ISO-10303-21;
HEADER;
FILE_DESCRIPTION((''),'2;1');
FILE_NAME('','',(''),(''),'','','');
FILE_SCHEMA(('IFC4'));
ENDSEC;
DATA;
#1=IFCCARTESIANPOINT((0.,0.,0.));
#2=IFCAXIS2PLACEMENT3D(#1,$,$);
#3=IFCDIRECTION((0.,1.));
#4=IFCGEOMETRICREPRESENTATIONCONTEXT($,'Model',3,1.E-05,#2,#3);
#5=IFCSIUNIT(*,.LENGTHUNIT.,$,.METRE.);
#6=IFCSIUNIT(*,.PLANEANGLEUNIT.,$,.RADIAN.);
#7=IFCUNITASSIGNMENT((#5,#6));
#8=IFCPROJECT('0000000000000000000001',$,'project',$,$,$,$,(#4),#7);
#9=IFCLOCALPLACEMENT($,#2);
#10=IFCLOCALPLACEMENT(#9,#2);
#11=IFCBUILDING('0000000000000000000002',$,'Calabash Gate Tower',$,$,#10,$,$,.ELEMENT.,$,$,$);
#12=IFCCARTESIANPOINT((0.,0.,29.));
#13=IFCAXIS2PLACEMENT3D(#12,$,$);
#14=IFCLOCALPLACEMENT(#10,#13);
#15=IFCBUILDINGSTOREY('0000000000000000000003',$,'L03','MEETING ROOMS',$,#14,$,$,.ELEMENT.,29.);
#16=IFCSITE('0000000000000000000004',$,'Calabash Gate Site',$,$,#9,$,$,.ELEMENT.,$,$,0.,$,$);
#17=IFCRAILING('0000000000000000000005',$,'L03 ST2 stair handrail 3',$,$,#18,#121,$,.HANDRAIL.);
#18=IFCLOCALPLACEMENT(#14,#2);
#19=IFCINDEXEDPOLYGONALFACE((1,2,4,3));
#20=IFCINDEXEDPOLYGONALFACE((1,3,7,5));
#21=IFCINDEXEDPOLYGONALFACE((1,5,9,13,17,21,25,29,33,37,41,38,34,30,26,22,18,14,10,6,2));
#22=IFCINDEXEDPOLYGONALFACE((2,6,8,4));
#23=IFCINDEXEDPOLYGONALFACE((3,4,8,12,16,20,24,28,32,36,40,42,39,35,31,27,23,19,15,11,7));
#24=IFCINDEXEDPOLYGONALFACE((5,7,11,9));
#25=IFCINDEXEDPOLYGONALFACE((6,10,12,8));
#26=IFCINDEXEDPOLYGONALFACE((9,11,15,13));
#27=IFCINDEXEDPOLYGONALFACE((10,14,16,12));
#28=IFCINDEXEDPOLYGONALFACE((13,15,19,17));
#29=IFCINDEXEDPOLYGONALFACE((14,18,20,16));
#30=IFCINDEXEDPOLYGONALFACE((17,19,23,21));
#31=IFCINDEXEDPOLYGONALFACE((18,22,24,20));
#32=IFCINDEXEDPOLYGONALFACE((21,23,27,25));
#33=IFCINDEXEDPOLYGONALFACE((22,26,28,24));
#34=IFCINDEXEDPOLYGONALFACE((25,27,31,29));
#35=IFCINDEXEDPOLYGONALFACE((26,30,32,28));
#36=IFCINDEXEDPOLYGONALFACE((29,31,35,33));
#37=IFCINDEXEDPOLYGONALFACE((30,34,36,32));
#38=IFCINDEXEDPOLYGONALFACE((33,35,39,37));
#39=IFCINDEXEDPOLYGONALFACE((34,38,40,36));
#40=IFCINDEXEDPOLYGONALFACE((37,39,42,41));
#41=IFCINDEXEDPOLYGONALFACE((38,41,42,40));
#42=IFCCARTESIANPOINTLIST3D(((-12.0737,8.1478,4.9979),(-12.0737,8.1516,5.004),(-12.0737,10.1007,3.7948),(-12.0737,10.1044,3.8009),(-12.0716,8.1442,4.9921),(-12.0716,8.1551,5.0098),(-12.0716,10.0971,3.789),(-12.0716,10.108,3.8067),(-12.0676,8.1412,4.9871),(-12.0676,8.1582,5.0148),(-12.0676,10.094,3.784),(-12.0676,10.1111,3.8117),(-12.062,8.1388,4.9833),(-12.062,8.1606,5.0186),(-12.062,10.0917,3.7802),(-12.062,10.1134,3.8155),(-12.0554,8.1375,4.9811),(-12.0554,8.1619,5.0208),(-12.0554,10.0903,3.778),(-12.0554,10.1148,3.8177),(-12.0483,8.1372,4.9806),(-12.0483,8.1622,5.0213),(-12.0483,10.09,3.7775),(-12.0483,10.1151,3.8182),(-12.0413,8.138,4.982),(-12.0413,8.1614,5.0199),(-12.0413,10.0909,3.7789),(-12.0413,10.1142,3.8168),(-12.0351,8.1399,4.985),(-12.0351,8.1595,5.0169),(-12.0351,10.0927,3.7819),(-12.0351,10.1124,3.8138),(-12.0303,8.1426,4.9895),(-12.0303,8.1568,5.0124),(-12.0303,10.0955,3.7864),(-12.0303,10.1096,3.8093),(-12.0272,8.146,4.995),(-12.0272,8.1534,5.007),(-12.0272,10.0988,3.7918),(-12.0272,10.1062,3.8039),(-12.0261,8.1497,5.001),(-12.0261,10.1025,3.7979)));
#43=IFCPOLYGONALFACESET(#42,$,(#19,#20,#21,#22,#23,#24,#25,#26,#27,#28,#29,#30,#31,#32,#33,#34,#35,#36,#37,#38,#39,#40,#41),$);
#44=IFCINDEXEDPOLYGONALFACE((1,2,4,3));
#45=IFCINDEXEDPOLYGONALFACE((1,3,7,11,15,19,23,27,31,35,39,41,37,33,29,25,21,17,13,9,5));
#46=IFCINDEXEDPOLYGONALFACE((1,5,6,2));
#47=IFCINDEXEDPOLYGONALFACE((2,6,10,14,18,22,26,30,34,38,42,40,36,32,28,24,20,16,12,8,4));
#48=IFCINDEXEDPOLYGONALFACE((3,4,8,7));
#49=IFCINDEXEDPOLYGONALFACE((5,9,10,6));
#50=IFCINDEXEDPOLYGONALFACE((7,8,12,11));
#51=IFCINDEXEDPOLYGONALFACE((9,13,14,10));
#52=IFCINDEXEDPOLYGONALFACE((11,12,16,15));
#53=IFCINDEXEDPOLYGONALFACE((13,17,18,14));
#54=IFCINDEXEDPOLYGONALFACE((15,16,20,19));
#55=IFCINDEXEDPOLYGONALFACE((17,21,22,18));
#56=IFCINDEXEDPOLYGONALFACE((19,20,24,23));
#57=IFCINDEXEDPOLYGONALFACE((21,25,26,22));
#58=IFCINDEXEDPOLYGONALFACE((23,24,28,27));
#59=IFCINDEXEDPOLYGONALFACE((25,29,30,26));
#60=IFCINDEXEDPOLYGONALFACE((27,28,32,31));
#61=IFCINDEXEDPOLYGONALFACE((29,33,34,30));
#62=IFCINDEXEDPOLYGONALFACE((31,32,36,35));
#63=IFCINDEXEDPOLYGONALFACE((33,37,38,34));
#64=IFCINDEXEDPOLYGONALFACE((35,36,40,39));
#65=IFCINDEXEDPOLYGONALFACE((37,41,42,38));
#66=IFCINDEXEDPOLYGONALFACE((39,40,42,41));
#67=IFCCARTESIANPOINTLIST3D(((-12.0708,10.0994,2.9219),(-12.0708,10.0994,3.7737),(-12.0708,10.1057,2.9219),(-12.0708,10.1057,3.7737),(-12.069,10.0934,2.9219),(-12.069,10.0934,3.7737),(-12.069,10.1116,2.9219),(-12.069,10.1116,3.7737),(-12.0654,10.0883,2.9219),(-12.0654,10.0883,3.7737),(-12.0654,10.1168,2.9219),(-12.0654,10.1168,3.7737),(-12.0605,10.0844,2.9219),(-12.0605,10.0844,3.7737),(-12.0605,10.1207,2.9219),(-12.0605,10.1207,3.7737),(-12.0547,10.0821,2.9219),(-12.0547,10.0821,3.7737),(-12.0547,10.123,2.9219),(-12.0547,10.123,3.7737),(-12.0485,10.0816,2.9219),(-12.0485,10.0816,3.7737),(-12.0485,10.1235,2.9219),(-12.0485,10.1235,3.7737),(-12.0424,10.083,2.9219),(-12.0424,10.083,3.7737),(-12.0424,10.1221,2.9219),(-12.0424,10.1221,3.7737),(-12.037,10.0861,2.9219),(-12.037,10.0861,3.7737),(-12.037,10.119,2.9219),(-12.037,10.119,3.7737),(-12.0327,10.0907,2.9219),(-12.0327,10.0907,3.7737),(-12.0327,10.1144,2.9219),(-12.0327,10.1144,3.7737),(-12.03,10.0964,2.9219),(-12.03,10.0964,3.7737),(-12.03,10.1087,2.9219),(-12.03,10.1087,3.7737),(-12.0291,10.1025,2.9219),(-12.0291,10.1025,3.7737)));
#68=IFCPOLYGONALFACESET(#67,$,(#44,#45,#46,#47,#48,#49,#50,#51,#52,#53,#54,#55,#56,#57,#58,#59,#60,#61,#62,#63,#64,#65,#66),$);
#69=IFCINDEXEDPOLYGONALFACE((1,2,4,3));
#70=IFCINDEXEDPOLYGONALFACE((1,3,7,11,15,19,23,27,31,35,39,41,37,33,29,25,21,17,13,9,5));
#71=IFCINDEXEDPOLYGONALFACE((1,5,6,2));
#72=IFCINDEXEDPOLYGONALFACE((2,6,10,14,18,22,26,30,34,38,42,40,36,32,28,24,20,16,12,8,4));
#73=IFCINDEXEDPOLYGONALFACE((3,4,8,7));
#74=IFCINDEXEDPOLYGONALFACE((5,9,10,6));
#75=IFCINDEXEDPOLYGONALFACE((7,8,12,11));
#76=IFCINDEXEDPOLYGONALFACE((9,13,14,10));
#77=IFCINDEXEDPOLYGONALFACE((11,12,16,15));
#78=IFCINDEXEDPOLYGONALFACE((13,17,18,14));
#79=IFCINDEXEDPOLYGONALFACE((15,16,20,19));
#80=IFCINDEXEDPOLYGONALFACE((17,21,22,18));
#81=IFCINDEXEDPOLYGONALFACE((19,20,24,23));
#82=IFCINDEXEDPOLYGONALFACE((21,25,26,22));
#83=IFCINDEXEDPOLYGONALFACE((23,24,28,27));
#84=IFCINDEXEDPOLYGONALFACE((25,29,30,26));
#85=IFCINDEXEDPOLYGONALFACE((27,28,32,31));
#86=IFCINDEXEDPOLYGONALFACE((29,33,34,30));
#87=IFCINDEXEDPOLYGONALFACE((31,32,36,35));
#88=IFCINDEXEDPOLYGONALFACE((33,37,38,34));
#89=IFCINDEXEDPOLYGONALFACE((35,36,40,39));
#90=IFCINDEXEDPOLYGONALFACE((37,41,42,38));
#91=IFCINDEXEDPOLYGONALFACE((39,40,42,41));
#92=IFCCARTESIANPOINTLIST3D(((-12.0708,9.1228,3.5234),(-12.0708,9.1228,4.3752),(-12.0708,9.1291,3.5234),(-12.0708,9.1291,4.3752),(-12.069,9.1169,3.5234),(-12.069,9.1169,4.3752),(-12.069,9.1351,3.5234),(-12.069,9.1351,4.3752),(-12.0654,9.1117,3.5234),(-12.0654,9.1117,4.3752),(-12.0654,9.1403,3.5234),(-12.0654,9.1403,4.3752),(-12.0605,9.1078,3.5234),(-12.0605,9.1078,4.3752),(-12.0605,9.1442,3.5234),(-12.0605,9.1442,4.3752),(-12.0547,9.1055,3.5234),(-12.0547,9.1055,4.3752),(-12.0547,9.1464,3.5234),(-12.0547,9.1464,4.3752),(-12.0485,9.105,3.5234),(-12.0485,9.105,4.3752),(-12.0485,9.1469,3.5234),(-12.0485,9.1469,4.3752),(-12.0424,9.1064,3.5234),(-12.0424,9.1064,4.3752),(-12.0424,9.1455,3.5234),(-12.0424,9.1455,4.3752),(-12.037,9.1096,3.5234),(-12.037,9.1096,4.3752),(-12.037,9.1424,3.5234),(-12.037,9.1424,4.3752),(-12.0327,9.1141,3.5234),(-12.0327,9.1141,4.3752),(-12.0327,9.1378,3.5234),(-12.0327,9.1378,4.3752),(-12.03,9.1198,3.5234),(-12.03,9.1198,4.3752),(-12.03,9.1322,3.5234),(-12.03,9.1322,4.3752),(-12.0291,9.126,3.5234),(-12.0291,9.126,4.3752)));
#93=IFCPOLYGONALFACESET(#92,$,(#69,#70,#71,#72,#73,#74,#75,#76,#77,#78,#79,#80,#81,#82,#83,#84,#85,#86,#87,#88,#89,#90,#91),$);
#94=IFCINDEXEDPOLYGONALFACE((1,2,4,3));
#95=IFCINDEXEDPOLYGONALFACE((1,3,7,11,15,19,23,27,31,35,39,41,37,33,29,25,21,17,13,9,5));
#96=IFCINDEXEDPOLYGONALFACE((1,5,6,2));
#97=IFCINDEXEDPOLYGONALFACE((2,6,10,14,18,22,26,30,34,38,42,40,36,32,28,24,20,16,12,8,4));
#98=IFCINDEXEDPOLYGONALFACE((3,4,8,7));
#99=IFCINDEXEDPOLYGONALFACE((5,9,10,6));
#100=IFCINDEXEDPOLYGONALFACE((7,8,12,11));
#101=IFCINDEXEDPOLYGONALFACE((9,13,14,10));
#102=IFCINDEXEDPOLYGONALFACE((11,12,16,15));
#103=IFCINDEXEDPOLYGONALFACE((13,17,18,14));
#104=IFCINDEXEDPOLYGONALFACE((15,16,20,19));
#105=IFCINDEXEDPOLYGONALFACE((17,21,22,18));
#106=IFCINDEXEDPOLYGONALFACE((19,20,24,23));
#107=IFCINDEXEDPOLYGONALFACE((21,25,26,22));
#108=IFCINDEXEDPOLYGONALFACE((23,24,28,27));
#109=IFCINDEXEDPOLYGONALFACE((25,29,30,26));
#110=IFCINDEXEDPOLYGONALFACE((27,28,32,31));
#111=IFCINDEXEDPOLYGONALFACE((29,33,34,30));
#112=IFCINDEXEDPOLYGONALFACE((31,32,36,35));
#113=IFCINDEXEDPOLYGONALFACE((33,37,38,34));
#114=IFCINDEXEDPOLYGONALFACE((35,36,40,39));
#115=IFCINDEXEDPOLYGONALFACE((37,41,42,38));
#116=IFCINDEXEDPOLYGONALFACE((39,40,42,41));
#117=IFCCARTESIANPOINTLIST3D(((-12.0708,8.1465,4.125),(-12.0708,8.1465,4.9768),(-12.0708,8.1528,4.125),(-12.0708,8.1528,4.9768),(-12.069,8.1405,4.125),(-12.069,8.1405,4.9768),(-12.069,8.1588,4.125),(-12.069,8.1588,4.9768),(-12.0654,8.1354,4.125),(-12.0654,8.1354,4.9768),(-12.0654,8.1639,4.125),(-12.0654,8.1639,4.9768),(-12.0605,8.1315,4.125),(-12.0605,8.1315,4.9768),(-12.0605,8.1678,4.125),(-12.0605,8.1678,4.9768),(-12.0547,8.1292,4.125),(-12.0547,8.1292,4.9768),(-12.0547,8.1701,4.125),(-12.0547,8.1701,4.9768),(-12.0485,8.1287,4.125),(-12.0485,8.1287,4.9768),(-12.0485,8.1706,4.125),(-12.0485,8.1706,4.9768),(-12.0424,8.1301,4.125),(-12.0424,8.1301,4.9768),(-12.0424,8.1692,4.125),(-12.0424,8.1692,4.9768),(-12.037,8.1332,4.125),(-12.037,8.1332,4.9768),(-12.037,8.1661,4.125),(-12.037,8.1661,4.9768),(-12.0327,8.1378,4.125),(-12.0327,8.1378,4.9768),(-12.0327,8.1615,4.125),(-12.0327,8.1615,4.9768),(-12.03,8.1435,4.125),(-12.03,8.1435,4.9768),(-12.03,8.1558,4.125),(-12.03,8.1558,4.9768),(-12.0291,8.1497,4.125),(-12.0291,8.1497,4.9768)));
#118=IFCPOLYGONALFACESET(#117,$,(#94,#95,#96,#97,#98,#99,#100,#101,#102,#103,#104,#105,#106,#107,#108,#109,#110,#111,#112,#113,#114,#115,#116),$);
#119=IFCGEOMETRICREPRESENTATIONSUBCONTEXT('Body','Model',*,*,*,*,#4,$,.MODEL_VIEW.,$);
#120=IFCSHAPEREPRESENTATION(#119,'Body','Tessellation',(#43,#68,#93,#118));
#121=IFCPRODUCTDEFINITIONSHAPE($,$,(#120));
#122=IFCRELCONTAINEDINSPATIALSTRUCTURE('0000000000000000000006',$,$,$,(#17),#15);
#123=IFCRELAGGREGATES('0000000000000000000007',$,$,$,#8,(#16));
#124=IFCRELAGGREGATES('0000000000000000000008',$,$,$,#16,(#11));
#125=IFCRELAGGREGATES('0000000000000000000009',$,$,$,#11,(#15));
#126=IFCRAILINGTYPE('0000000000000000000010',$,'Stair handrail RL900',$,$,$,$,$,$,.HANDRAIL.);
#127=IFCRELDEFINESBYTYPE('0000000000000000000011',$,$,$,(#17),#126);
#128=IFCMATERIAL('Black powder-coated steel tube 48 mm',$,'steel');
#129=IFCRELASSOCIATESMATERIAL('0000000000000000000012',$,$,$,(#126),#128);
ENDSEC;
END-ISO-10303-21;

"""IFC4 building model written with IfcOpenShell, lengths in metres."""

from ifc_helpers import new_model, si_unit, direction, frame, origin, origin_2d, place, context, subcontext, project, spatial, circle, extrude, material, type_object, element, save


model = new_model("IFC4")

# Units and contexts
model_context = context("Model", 3, precision=1e-05, world=origin(), true_north=direction((0.0, 1.0)))
body_context = subcontext(model_context, "Body", "Model", "MODEL_VIEW")
ifc_project = project(units=[si_unit("LENGTHUNIT", "METRE"), si_unit("PLANEANGLEUNIT", "RADIAN")], contexts=[model_context])

# Site, building, storey
site_placement = place(None, origin())
site = spatial("IfcSite", under=ifc_project, at=site_placement, Name="Calabash Gate Site", CompositionType="ELEMENT", RefElevation=0.0)
building_placement = place(site_placement, origin())
building = spatial("IfcBuilding", under=site, at=building_placement, Name="Calabash Gate Tower", CompositionType="ELEMENT")
storey_placement = place(building_placement, frame((0.0, 0.0, 29.0)))
storey = spatial("IfcBuildingStorey", under=building, at=storey_placement, Name="L03", Description="MEETING ROOMS", CompositionType="ELEMENT", Elevation=29.0)

# Railing
ifc_material_1 = material(Name="Black powder-coated steel tube 48 mm", Category="steel")
railing_type_1 = type_object("IfcRailingType", Name="Stair handrail RL900", PredefinedType="HANDRAIL", material=ifc_material_1)
railing_1_placement = place(storey_placement, frame((-12.05, 10.1025, 2.9219)))
element("IfcRailing", 1, at=railing_1_placement, inside=storey, type_object=railing_type_1, Name="L03 ST2 stair handrail 3", PredefinedType="HANDRAIL", context=body_context, shape_type="SweptSolid", body=[
    extrude(circle(Radius=0.0239, at=origin_2d()), frame((0.0, 0.0, 0.876), z_axis=(0.0, -0.851395, 0.524525), x_axis=(1.0, 0.0, 0.0)), (0.0, 0.0, 1.0), 2.2937),
    extrude(circle(Radius=0.021, at=origin_2d()), origin(), (0.0, 0.0, 1.0), 0.8518),
    extrude(circle(Radius=0.021, at=origin_2d()), frame((0.0, -0.9766, 0.6016)), (0.0, 0.0, 1.0), 0.8518),
    extrude(circle(Radius=0.021, at=origin_2d()), frame((0.0, -1.9529, 1.2031)), (0.0, 0.0, 1.0), 0.8518),
])

save(model, "model.ifc")
